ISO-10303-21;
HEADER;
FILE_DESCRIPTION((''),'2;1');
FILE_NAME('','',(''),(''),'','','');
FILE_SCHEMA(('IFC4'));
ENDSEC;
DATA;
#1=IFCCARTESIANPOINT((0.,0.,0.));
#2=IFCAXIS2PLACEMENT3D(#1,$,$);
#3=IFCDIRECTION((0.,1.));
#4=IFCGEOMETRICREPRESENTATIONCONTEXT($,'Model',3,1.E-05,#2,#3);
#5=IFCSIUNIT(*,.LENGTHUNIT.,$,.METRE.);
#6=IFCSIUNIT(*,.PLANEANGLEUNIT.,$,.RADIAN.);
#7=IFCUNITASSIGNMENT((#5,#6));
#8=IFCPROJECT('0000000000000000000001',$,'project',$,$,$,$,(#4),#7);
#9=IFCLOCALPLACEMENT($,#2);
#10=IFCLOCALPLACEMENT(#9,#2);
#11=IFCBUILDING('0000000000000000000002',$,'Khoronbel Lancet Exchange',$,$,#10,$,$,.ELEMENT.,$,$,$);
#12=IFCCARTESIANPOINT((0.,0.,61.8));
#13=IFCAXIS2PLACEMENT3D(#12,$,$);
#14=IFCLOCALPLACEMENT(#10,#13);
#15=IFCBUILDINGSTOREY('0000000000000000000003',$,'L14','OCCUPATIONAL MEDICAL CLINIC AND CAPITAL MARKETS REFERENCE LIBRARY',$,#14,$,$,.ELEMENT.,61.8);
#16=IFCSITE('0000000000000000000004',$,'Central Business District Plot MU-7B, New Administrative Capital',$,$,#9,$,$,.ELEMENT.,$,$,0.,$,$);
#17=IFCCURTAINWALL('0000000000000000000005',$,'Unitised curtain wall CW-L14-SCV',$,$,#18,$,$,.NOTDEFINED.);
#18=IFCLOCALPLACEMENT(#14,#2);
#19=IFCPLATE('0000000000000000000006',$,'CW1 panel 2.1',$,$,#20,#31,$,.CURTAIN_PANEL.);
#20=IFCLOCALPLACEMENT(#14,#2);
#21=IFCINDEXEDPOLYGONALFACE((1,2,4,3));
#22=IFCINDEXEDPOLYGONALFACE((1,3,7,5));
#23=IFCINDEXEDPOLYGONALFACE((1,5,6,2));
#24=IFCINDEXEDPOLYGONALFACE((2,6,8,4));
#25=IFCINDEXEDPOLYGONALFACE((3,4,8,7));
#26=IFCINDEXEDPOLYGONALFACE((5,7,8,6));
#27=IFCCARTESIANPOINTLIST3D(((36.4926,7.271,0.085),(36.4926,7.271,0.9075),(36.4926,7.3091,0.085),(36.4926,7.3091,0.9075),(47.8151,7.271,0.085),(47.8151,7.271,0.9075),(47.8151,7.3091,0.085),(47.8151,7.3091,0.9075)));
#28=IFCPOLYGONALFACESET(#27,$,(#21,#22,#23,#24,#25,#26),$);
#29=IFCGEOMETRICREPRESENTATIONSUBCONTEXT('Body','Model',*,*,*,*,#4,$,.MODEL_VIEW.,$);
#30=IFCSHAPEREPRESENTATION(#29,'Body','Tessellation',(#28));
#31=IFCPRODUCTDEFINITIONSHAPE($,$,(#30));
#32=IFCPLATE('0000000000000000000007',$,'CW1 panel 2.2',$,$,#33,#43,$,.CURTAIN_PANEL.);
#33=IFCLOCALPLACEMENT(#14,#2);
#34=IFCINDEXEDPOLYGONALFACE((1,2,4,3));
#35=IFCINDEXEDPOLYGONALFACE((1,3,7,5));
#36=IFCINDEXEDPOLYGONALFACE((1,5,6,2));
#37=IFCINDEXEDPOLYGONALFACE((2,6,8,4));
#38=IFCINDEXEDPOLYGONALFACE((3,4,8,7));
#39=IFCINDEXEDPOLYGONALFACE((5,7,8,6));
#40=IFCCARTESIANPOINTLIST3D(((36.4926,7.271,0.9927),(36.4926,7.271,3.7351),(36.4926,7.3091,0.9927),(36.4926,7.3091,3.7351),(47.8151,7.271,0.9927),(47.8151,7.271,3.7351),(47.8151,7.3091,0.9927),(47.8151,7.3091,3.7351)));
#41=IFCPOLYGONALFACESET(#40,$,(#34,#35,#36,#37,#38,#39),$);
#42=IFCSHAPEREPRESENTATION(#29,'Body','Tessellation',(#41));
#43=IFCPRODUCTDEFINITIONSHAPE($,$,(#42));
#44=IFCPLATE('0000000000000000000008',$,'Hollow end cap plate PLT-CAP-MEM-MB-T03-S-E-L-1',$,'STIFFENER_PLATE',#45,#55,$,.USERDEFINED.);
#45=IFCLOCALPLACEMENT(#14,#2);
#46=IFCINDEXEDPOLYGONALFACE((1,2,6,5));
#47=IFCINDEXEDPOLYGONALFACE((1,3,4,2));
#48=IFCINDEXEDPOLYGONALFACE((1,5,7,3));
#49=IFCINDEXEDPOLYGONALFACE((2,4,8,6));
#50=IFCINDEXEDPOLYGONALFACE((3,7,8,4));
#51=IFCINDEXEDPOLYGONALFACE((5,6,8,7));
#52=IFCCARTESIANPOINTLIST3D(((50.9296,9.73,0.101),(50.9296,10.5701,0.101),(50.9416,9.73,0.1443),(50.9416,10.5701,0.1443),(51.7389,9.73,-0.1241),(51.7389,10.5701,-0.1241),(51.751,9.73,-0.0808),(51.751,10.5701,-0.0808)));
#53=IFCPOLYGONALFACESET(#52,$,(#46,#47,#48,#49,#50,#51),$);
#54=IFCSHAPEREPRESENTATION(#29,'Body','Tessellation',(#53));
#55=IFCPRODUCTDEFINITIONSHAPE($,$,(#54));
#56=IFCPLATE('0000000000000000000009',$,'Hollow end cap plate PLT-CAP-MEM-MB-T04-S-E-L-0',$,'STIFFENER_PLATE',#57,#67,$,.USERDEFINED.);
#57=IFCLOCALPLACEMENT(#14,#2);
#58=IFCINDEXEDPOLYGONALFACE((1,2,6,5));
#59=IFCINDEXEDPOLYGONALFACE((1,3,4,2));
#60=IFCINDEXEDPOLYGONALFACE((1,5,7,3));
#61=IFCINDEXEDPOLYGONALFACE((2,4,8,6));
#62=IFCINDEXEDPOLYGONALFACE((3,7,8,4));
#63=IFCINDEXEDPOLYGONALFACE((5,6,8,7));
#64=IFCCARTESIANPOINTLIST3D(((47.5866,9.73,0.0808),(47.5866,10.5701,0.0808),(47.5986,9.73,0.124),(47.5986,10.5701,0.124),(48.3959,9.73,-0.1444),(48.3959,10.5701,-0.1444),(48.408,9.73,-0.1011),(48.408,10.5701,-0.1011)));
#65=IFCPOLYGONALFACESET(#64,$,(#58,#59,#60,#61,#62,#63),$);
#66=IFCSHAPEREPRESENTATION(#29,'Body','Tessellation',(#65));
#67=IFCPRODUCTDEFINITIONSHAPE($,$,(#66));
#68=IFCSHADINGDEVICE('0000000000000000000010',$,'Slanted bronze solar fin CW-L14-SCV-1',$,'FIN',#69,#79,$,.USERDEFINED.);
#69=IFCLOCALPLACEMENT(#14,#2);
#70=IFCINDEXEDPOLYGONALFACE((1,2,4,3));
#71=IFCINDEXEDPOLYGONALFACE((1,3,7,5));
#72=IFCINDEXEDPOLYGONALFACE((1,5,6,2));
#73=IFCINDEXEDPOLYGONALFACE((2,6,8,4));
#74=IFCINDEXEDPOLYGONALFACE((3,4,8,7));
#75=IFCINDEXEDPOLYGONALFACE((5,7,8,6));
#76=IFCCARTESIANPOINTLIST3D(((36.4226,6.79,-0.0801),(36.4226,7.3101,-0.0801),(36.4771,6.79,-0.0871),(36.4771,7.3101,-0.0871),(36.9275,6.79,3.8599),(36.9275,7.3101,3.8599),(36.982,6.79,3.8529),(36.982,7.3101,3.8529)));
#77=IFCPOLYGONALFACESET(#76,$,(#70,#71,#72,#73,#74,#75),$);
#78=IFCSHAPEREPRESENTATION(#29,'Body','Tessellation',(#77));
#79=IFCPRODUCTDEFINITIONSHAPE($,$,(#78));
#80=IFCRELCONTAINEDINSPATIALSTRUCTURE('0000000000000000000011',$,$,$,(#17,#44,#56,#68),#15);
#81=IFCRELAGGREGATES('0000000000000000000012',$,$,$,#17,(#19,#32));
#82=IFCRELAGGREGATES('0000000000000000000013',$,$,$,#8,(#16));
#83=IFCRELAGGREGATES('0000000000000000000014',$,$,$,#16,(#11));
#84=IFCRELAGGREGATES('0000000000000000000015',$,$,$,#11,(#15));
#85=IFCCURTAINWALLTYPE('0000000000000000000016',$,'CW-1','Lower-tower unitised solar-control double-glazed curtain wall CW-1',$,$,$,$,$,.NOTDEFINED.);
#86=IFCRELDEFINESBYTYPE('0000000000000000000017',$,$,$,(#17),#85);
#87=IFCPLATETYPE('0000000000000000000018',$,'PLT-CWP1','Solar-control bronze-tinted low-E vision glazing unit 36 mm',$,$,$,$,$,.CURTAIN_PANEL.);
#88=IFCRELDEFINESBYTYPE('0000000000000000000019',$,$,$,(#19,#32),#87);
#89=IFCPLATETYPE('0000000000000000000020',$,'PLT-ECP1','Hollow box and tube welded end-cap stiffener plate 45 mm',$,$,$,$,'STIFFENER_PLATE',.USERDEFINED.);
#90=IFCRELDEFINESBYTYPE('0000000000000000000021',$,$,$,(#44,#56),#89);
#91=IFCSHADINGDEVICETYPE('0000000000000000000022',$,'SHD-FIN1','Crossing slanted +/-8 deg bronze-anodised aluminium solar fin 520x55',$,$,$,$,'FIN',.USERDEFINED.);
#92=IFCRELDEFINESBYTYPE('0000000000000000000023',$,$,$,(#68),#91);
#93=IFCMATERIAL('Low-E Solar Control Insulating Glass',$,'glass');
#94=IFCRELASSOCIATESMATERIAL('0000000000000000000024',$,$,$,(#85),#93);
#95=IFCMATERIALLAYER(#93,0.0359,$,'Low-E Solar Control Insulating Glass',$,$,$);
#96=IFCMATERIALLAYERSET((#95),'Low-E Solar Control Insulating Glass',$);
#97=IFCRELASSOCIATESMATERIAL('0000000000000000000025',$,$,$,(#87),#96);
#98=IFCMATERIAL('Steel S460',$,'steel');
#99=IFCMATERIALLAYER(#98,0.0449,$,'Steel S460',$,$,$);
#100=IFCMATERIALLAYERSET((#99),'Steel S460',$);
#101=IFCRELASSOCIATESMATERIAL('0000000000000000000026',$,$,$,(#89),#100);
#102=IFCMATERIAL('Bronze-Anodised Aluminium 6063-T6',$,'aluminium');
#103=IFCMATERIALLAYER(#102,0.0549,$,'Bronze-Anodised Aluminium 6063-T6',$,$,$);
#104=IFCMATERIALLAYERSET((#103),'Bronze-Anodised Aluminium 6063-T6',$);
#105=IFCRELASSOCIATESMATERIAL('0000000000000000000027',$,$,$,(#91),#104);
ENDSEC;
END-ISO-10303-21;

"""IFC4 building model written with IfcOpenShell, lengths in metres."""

from ifc_helpers import new_model, si_unit, direction, frame, origin, origin_2d, place, context, subcontext, project, spatial, polyline, rectangle, outline, extrude, material, layer, layer_set, type_object, element, aggregate, save


model = new_model("IFC4")

# Units and contexts
model_context = context("Model", 3, precision=1e-05, world=origin(), true_north=direction((0.0, 1.0)))
body_context = subcontext(model_context, "Body", "Model", "MODEL_VIEW")
ifc_project = project(units=[si_unit("LENGTHUNIT", "METRE"), si_unit("PLANEANGLEUNIT", "RADIAN")], contexts=[model_context])

# Site, building, storey
site_placement = place(None, origin())
site = spatial("IfcSite", under=ifc_project, at=site_placement, Name="Central Business District Plot MU-7B, New Administrative Capital", CompositionType="ELEMENT", RefElevation=0.0)
building_placement = place(site_placement, origin())
building = spatial("IfcBuilding", under=site, at=building_placement, Name="Khoronbel Lancet Exchange", CompositionType="ELEMENT")
storey_placement = place(building_placement, frame((0.0, 0.0, 61.8)))
storey = spatial("IfcBuildingStorey", under=building, at=storey_placement, Name="L14", Description="OCCUPATIONAL MEDICAL CLINIC AND CAPITAL MARKETS REFERENCE LIBRARY", CompositionType="ELEMENT", Elevation=61.8)

# Shared definitions
ifc_material_1 = material(Name="Steel S460", Category="steel")

# Curtain wall
ifc_material_2 = material(Name="Low-E Solar Control Insulating Glass", Category="glass")
curtain_wall_type = type_object("IfcCurtainWallType", Name="CW-1", Description="Lower-tower unitised solar-control double-glazed curtain wall CW-1", PredefinedType="NOTDEFINED", material=ifc_material_2)
curtain_wall_1_placement = place(storey_placement, origin())
curtain_wall_1 = element("IfcCurtainWall", 1, at=curtain_wall_1_placement, inside=storey, type_object=curtain_wall_type, Name="Unitised curtain wall CW-L14-SCV", PredefinedType="NOTDEFINED")
ifc_material_3 = material(Name="Bronze-Anodised Aluminium 6063-T6", Category="aluminium")

# Plates
ifc_layer_1 = layer(ifc_material_2, 0.0359, Name="Low-E Solar Control Insulating Glass")
ifc_layer_set_1 = layer_set([ifc_layer_1], Name="Low-E Solar Control Insulating Glass")
plate_type_1 = type_object("IfcPlateType", Name="PLT-CWP1", Description="Solar-control bronze-tinted low-E vision glazing unit 36 mm", PredefinedType="CURTAIN_PANEL", material=ifc_layer_set_1)
plate_1_placement = place(storey_placement, frame((42.1538, 7.29, 0.085), z_axis=(0.0, 0.0, 1.0), x_axis=(1.0, 0.0, 0.0)))
plate_1 = element("IfcPlate", 2, at=plate_1_placement, type_object=plate_type_1, Name="CW1 panel 2.1", PredefinedType="CURTAIN_PANEL", context=body_context, shape_type="SweptSolid", body=[
    extrude(rectangle(XDim=11.3225, YDim=0.0381, at=origin_2d()), origin(), (0.0, 0.0, 1.0), 0.8225),
])
plate_2_placement = place(storey_placement, frame((42.1538, 7.29, 0.9927), z_axis=(0.0, 0.0, 1.0), x_axis=(1.0, 0.0, 0.0)))
plate_2 = element("IfcPlate", 3, at=plate_2_placement, type_object=plate_type_1, Name="CW1 panel 2.2", PredefinedType="CURTAIN_PANEL", context=body_context, shape_type="SweptSolid", body=[
    extrude(rectangle(XDim=11.3225, YDim=0.0381, at=origin_2d()), origin(), (0.0, 0.0, 1.0), 2.7424),
])
aggregate(curtain_wall_1, [plate_1, plate_2])

# Plates
ifc_layer_2 = layer(ifc_material_1, 0.0449, Name="Steel S460")
ifc_layer_set_2 = layer_set([ifc_layer_2], Name="Steel S460")
plate_type_2 = type_object("IfcPlateType", Name="PLT-ECP1", Description="Hollow box and tube welded end-cap stiffener plate 45 mm", ElementType="STIFFENER_PLATE", PredefinedType="USERDEFINED", material=ifc_layer_set_2)
for number, where, z_axis, x_axis, name in (
    (4, (51.751, 9.73, -0.0808), (0.267959, 0.0, 0.96343), (0.0, 1.0, 0.0), "Hollow end cap plate PLT-CAP-MEM-MB-T03-S-E-L-1"),
    (5, (48.408, 9.73, -0.1011), (0.267959, 0.0, 0.96343), (0.0, 1.0, 0.0), "Hollow end cap plate PLT-CAP-MEM-MB-T04-S-E-L-0"),
):
    element("IfcPlate", number, at=place(storey_placement, frame(where, z_axis=z_axis, x_axis=x_axis)), inside=storey, type_object=plate_type_2, Name=name, ObjectType="STIFFENER_PLATE", PredefinedType="USERDEFINED", context=body_context, shape_type="SweptSolid", body=[
        extrude(outline(polyline([(0.0, 0.0), (0.8401, 0.0), (0.8401, 0.8401), (0.0, 0.8401), (0.0, 0.0)])), origin(), (0.0, 0.0, -1.0), 0.0449),
    ])

# Shading device
ifc_layer_3 = layer(ifc_material_3, 0.0549, Name="Bronze-Anodised Aluminium 6063-T6")
ifc_layer_set_3 = layer_set([ifc_layer_3], Name="Bronze-Anodised Aluminium 6063-T6")
shading_device_type = type_object("IfcShadingDeviceType", Name="SHD-FIN1", Description="Crossing slanted +/-8 deg bronze-anodised aluminium solar fin 520x55", ElementType="FIN", PredefinedType="USERDEFINED", material=ifc_layer_set_3)
shading_device_placement = place(storey_placement, frame((36.4226, 7.3101, -0.0801), z_axis=(-0.991889, 0.0, 0.127105), x_axis=(0.0, -1.0, 0.0)))
element("IfcShadingDevice", 6, at=shading_device_placement, inside=storey, type_object=shading_device_type, Name="Slanted bronze solar fin CW-L14-SCV-1", ObjectType="FIN", PredefinedType="USERDEFINED", context=body_context, shape_type="SweptSolid", body=[
    extrude(outline(polyline([(0.0, 0.0), (0.52, 0.0), (0.52, 3.9722), (0.0, 3.9722), (0.0, 0.0)])), origin(), (0.0, 0.0, -1.0), 0.0549),
])

save(model, "model.ifc")
